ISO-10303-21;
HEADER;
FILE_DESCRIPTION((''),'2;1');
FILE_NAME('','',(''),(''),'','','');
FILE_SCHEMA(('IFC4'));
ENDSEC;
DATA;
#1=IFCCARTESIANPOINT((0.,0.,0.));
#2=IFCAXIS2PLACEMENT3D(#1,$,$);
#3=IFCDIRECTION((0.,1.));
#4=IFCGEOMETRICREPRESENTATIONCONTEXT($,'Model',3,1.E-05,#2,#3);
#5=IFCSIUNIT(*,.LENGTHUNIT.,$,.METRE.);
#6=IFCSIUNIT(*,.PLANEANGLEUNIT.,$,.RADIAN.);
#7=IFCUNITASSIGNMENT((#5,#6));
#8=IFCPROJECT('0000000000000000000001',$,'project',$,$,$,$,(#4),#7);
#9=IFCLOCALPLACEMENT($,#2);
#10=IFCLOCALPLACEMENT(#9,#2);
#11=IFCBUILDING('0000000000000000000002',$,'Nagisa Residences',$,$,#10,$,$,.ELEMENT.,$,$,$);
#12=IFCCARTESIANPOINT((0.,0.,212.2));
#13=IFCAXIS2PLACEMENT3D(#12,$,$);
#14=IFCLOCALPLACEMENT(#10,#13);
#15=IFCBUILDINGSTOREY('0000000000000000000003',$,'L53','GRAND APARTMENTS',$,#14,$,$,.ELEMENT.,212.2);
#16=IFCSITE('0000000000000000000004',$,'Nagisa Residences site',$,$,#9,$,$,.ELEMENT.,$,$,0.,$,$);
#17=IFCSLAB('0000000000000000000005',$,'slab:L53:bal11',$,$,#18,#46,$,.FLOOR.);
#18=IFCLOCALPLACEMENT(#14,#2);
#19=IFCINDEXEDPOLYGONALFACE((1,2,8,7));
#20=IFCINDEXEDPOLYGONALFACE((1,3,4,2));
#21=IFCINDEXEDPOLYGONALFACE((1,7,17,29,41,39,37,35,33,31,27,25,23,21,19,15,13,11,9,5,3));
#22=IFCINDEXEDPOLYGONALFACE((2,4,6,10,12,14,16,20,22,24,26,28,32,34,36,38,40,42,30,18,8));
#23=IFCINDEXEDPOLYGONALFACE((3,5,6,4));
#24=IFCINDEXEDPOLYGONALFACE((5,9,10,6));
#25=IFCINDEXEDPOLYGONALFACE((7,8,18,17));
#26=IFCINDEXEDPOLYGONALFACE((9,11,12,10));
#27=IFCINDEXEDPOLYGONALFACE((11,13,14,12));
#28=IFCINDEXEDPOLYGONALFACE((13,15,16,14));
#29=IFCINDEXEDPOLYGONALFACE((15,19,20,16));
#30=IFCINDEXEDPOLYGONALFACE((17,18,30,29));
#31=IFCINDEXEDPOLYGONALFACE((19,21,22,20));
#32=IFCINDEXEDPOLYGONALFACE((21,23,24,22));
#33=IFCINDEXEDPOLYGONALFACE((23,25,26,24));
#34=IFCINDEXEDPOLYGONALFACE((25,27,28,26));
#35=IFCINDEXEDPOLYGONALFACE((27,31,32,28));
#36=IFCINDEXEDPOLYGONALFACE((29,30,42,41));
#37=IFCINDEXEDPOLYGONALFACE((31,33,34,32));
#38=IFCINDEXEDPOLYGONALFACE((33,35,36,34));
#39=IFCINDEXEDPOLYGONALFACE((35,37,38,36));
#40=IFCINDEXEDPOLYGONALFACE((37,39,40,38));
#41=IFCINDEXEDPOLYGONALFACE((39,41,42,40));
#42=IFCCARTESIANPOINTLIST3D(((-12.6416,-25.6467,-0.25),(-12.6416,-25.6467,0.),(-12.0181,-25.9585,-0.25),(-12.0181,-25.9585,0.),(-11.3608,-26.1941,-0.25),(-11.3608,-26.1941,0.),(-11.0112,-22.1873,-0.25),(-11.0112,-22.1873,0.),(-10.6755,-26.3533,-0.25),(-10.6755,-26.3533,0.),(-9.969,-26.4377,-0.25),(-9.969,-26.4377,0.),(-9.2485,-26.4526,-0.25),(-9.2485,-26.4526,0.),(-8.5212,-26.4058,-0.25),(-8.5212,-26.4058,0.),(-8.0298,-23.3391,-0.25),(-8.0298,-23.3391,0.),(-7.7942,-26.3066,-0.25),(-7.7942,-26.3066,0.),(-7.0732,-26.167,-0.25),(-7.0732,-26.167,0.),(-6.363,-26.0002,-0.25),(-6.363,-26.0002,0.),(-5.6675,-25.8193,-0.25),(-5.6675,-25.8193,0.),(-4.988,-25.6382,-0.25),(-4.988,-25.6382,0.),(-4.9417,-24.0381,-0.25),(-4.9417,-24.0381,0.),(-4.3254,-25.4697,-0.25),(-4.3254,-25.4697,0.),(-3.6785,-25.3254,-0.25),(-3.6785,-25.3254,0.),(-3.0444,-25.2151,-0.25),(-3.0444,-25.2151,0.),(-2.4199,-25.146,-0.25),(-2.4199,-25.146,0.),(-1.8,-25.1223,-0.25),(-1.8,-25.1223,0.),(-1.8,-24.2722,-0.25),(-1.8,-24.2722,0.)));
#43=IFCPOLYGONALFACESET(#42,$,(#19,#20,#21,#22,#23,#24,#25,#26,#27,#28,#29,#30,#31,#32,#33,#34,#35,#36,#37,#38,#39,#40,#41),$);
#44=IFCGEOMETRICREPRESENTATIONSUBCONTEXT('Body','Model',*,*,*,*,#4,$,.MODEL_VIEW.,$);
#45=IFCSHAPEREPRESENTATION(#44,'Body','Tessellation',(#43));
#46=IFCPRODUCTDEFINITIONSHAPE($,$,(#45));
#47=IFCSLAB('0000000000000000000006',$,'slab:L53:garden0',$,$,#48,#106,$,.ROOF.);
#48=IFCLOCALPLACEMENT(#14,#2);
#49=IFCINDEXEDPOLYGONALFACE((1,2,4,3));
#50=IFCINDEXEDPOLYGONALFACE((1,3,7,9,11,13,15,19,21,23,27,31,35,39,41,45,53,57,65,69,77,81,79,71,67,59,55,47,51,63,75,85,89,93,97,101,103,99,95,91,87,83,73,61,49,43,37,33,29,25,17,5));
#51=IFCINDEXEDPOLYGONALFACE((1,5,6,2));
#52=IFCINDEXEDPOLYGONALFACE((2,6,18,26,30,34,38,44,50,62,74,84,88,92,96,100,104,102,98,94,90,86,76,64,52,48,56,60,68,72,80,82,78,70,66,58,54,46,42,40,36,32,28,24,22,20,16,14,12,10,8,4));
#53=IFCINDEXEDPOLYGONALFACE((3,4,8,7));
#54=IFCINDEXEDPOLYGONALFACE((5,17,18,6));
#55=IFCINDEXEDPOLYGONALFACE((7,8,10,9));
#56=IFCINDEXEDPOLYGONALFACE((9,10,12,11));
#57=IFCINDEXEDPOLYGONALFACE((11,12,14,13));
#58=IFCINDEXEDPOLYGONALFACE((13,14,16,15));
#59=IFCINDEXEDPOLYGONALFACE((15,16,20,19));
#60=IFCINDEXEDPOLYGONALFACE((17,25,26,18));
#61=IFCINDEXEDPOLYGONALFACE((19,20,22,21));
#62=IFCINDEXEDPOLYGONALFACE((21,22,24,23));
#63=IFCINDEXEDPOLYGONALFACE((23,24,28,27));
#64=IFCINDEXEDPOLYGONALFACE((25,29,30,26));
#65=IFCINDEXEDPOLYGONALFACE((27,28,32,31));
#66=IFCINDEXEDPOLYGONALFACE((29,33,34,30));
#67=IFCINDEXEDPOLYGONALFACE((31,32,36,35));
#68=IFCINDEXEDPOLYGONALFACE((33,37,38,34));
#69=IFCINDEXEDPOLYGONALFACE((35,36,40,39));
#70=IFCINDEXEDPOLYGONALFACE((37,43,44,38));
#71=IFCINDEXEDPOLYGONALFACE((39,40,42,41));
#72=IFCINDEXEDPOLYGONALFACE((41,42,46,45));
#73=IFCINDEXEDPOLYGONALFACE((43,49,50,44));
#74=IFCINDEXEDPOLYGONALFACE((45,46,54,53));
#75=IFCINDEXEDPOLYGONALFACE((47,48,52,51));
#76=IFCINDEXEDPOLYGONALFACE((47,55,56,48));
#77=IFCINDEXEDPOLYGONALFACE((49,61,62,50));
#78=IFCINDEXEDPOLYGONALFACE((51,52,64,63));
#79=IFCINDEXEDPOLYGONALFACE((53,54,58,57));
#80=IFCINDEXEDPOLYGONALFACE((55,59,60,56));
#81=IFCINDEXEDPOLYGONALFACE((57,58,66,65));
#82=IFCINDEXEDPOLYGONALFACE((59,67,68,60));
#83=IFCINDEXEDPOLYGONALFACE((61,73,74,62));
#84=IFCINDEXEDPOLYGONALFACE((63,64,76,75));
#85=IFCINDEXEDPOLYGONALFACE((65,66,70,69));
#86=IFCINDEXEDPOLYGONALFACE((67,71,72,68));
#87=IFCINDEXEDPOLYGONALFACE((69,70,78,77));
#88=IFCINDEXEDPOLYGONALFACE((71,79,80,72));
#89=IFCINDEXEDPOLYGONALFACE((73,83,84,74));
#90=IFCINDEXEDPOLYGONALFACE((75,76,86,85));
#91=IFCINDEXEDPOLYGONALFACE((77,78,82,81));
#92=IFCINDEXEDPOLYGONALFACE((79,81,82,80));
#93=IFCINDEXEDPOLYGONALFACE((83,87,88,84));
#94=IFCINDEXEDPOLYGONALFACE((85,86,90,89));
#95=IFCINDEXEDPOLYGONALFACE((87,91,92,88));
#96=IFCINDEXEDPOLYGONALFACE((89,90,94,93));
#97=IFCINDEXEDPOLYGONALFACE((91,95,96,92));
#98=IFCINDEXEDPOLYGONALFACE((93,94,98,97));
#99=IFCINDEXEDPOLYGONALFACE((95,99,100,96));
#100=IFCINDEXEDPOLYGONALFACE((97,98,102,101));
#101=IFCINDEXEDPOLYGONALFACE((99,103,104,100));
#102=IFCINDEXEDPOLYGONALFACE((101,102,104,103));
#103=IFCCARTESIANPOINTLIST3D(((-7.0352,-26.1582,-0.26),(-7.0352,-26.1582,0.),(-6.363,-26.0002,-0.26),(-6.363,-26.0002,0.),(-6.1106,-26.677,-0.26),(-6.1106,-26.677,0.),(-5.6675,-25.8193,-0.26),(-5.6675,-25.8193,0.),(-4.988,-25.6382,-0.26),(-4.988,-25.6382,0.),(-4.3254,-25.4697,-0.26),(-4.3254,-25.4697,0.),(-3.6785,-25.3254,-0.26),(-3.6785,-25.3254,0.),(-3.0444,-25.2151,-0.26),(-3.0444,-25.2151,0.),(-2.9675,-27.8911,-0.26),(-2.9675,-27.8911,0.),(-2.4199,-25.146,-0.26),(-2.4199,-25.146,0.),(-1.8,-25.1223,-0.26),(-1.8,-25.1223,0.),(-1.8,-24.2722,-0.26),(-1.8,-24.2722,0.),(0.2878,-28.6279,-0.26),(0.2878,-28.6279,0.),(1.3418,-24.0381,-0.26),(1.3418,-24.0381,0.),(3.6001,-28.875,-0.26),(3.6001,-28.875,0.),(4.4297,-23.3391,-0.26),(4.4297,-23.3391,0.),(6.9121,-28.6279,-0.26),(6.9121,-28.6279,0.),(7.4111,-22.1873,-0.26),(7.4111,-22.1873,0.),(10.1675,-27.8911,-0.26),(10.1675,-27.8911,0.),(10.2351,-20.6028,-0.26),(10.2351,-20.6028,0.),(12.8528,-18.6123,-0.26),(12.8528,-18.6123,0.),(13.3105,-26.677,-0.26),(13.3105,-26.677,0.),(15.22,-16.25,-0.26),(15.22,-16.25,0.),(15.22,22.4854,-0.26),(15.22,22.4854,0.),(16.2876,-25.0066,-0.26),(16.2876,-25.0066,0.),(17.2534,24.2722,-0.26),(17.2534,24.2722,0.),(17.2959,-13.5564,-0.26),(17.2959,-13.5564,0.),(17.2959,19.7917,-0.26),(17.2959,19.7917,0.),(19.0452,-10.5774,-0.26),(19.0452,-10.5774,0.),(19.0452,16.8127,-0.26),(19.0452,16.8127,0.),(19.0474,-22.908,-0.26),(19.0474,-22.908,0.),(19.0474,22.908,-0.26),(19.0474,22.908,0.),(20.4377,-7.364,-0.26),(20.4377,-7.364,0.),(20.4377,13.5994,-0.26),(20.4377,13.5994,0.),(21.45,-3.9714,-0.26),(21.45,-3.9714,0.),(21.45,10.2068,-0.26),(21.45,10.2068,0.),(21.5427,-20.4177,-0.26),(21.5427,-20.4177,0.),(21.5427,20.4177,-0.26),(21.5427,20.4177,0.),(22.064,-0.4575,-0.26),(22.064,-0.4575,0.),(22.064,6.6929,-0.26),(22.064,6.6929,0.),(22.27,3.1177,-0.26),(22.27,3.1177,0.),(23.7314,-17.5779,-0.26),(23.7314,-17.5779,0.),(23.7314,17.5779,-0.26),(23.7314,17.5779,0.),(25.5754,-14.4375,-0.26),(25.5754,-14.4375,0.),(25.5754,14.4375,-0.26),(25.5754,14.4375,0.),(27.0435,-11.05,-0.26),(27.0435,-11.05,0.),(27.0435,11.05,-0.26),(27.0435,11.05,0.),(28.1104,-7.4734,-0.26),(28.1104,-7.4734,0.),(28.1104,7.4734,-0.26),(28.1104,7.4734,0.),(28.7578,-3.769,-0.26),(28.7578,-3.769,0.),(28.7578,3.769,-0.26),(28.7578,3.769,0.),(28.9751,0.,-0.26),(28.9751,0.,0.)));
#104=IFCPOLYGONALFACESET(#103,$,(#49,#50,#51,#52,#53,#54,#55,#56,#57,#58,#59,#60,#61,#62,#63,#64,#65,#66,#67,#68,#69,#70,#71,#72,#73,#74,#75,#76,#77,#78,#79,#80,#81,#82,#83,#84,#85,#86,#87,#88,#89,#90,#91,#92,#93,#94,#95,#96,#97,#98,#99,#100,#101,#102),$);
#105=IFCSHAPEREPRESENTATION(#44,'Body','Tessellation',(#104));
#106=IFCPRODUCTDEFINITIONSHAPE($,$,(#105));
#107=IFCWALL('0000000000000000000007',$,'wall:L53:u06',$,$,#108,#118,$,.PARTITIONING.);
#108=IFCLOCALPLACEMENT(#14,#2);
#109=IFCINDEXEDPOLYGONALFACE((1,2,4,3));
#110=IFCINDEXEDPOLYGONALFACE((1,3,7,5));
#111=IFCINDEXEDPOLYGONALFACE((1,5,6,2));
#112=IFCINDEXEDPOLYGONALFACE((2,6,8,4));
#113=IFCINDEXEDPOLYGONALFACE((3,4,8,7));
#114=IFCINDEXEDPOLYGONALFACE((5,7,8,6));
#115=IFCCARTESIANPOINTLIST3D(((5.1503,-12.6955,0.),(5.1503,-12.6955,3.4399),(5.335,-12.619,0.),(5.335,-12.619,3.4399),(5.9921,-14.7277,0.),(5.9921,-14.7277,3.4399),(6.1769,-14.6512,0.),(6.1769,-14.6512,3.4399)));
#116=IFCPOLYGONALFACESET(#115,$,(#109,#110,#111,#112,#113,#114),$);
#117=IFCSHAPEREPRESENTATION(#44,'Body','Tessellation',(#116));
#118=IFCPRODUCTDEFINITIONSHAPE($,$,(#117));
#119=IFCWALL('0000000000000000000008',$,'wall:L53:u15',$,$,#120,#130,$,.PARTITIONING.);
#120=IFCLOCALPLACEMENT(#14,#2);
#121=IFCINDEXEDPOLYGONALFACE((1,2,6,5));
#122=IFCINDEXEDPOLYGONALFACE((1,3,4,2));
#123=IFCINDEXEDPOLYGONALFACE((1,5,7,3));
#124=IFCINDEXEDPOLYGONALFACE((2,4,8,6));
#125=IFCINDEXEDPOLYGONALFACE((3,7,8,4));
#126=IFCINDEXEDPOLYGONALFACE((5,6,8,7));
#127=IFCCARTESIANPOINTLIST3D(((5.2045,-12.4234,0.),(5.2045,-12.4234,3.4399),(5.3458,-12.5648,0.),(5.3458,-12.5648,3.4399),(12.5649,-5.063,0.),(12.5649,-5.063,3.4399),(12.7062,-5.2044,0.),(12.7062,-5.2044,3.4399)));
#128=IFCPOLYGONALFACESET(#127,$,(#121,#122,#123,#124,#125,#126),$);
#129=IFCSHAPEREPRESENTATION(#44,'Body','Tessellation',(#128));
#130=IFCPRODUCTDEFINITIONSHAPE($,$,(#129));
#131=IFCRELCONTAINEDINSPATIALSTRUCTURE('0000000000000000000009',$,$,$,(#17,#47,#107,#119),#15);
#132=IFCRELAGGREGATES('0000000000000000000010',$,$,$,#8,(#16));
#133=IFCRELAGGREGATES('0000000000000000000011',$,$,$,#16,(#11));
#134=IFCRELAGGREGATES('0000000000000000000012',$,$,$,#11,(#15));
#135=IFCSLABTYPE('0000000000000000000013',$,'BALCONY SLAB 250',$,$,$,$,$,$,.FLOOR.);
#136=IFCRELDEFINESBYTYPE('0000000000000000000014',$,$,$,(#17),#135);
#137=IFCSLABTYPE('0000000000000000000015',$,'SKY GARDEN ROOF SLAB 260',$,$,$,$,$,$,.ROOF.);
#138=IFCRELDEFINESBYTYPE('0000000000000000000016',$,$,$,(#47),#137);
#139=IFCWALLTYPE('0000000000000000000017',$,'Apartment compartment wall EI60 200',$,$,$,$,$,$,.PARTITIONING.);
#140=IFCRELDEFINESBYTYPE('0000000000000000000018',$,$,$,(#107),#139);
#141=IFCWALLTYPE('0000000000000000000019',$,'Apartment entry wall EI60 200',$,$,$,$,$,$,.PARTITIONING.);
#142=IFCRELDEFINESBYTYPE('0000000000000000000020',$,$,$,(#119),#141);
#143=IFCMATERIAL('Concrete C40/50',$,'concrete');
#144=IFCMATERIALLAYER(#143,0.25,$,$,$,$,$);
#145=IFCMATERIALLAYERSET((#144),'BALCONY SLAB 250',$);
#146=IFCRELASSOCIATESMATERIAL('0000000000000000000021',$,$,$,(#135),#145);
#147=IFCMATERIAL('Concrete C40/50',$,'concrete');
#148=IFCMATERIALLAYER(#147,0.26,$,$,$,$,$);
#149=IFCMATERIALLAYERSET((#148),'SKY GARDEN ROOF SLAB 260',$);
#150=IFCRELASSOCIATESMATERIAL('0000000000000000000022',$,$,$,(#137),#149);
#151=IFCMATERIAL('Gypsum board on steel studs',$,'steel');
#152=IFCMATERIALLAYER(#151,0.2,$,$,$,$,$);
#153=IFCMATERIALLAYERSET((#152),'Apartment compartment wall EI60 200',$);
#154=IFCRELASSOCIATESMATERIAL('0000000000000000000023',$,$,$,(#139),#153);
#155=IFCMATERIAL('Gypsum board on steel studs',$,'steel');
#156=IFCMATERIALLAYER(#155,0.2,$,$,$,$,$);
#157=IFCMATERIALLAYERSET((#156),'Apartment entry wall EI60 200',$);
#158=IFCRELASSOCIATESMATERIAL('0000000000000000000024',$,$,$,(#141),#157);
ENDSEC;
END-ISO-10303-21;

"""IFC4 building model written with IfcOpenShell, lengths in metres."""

from ifc_helpers import new_model, si_unit, direction, frame, frame_2d, origin, place, context, subcontext, project, spatial, polyline, rectangle, outline, extrude, material, layer, layer_set, type_object, element, save


model = new_model("IFC4")

# Units and contexts
model_context = context("Model", 3, precision=1e-05, world=origin(), true_north=direction((0.0, 1.0)))
body_context = subcontext(model_context, "Body", "Model", "MODEL_VIEW")
ifc_project = project(units=[si_unit("LENGTHUNIT", "METRE"), si_unit("PLANEANGLEUNIT", "RADIAN")], contexts=[model_context])

# Site, building, storey
site_placement = place(None, origin())
site = spatial("IfcSite", under=ifc_project, at=site_placement, Name="Nagisa Residences site", CompositionType="ELEMENT", RefElevation=0.0)
building_placement = place(site_placement, origin())
building = spatial("IfcBuilding", under=site, at=building_placement, Name="Nagisa Residences", CompositionType="ELEMENT")
storey_placement = place(building_placement, frame((0.0, 0.0, 212.2)))
storey = spatial("IfcBuildingStorey", under=building, at=storey_placement, Name="L53", Description="GRAND APARTMENTS", CompositionType="ELEMENT", Elevation=212.2)

# Slabs
ifc_material_1 = material(Name="Concrete C40/50", Category="concrete")
ifc_layer_1 = layer(ifc_material_1, 0.25)
ifc_layer_set_1 = layer_set([ifc_layer_1], Name="BALCONY SLAB 250")
slab_type_1 = type_object("IfcSlabType", Name="BALCONY SLAB 250", PredefinedType="FLOOR", material=ifc_layer_set_1)
slab_1_placement = place(storey_placement, frame((0.0, 0.0, -0.25)))
element("IfcSlab", 1, at=slab_1_placement, inside=storey, type_object=slab_type_1, Name="slab:L53:bal11", PredefinedType="FLOOR", context=body_context, shape_type="SweptSolid", body=[
    extrude(outline(polyline([(-12.6416, -25.6467), (-12.0181, -25.9585), (-11.3608, -26.1941), (-10.6755, -26.3533), (-9.969, -26.4377), (-9.2485, -26.4526), (-8.5212, -26.4058), (-7.7942, -26.3066), (-7.0732, -26.167), (-6.363, -26.0002), (-5.6675, -25.8193), (-4.988, -25.6382), (-4.3254, -25.4697), (-3.6785, -25.3254), (-3.0444, -25.2151), (-2.4199, -25.146), (-1.8, -25.1223), (-1.8, -24.2722), (-4.9417, -24.0381), (-8.0298, -23.3391), (-11.0112, -22.1873), (-12.6416, -25.6467)])), origin(), (0.0, 0.0, 1.0), 0.25),
])
ifc_material_2 = material(Name="Concrete C40/50", Category="concrete")
ifc_layer_2 = layer(ifc_material_2, 0.26)
ifc_layer_set_2 = layer_set([ifc_layer_2], Name="SKY GARDEN ROOF SLAB 260")
slab_type_2 = type_object("IfcSlabType", Name="SKY GARDEN ROOF SLAB 260", PredefinedType="ROOF", material=ifc_layer_set_2)
slab_2_placement = place(storey_placement, frame((0.0, 0.0, -0.26)))
element("IfcSlab", 2, at=slab_2_placement, inside=storey, type_object=slab_type_2, Name="slab:L53:garden0", PredefinedType="ROOF", context=body_context, shape_type="SweptSolid", body=[
    extrude(outline(polyline([(28.1104, -7.4734), (28.7578, -3.769), (28.9751, 0.0), (28.7578, 3.769), (28.1104, 7.4734), (27.0435, 11.05), (25.5754, 14.4375), (23.7314, 17.5779), (21.5427, 20.4177), (19.0474, 22.908), (17.2534, 24.2722), (15.22, 22.4854), (17.2959, 19.7917), (19.0452, 16.8127), (20.4377, 13.5994), (21.45, 10.2068), (22.064, 6.6929), (22.27, 3.1177), (22.064, -0.4575), (21.45, -3.9714), (20.4377, -7.364), (19.0452, -10.5774), (17.2959, -13.5564), (15.22, -16.25), (12.8528, -18.6123), (10.2351, -20.6028), (7.4111, -22.1873), (4.4297, -23.3391), (1.3418, -24.0381), (-1.8, -24.2722), (-1.8, -25.1223), (-2.4199, -25.146), (-3.0444, -25.2151), (-3.6785, -25.3254), (-4.3254, -25.4697), (-4.988, -25.6382), (-5.6675, -25.8193), (-6.363, -26.0002), (-7.0352, -26.1582), (-6.1106, -26.677), (-2.9675, -27.8911), (0.2878, -28.6279), (3.6001, -28.875), (6.9121, -28.6279), (10.1675, -27.8911), (13.3105, -26.677), (16.2876, -25.0066), (19.0474, -22.908), (21.5427, -20.4177), (23.7314, -17.5779), (25.5754, -14.4375), (27.0435, -11.05), (28.1104, -7.4734)])), origin(), (0.0, 0.0, 1.0), 0.26),
])

# Walls
ifc_material_3 = material(Name="Gypsum board on steel studs", Category="steel")
ifc_layer_3 = layer(ifc_material_3, 0.2)
ifc_layer_set_3 = layer_set([ifc_layer_3], Name="Apartment compartment wall EI60 200")
wall_type_1 = type_object("IfcWallType", Name="Apartment compartment wall EI60 200", PredefinedType="PARTITIONING", material=ifc_layer_set_3)
wall_1_placement = place(storey_placement, frame((5.2427, -12.6572, 0.0), z_axis=(0.0, 0.0, 1.0), x_axis=(0.382692, -0.923876, 0.0)))
element("IfcWall", 3, at=wall_1_placement, inside=storey, type_object=wall_type_1, Name="wall:L53:u06", PredefinedType="PARTITIONING", context=body_context, shape_type="SweptSolid", body=[
    extrude(rectangle(XDim=2.1997, YDim=0.2, at=frame_2d((1.0999, 0.0))), origin(), (0.0, 0.0, 1.0), 3.4399),
])
ifc_material_4 = material(Name="Gypsum board on steel studs", Category="steel")
ifc_layer_4 = layer(ifc_material_4, 0.2)
ifc_layer_set_4 = layer_set([ifc_layer_4], Name="Apartment entry wall EI60 200")
wall_type_2 = type_object("IfcWallType", Name="Apartment entry wall EI60 200", PredefinedType="PARTITIONING", material=ifc_layer_set_4)
wall_2_placement = place(storey_placement, frame((5.2751, -12.4941, 0.0), z_axis=(0.0, 0.0, 1.0), x_axis=(0.707107, 0.707107, 0.0)))
element("IfcWall", 4, at=wall_2_placement, inside=storey, type_object=wall_type_2, Name="wall:L53:u15", PredefinedType="PARTITIONING", context=body_context, shape_type="SweptSolid", body=[
    extrude(rectangle(XDim=10.4092, YDim=0.2, at=frame_2d((5.2046, 0.0))), origin(), (0.0, 0.0, 1.0), 3.4399),
])

save(model, "model.ifc")
